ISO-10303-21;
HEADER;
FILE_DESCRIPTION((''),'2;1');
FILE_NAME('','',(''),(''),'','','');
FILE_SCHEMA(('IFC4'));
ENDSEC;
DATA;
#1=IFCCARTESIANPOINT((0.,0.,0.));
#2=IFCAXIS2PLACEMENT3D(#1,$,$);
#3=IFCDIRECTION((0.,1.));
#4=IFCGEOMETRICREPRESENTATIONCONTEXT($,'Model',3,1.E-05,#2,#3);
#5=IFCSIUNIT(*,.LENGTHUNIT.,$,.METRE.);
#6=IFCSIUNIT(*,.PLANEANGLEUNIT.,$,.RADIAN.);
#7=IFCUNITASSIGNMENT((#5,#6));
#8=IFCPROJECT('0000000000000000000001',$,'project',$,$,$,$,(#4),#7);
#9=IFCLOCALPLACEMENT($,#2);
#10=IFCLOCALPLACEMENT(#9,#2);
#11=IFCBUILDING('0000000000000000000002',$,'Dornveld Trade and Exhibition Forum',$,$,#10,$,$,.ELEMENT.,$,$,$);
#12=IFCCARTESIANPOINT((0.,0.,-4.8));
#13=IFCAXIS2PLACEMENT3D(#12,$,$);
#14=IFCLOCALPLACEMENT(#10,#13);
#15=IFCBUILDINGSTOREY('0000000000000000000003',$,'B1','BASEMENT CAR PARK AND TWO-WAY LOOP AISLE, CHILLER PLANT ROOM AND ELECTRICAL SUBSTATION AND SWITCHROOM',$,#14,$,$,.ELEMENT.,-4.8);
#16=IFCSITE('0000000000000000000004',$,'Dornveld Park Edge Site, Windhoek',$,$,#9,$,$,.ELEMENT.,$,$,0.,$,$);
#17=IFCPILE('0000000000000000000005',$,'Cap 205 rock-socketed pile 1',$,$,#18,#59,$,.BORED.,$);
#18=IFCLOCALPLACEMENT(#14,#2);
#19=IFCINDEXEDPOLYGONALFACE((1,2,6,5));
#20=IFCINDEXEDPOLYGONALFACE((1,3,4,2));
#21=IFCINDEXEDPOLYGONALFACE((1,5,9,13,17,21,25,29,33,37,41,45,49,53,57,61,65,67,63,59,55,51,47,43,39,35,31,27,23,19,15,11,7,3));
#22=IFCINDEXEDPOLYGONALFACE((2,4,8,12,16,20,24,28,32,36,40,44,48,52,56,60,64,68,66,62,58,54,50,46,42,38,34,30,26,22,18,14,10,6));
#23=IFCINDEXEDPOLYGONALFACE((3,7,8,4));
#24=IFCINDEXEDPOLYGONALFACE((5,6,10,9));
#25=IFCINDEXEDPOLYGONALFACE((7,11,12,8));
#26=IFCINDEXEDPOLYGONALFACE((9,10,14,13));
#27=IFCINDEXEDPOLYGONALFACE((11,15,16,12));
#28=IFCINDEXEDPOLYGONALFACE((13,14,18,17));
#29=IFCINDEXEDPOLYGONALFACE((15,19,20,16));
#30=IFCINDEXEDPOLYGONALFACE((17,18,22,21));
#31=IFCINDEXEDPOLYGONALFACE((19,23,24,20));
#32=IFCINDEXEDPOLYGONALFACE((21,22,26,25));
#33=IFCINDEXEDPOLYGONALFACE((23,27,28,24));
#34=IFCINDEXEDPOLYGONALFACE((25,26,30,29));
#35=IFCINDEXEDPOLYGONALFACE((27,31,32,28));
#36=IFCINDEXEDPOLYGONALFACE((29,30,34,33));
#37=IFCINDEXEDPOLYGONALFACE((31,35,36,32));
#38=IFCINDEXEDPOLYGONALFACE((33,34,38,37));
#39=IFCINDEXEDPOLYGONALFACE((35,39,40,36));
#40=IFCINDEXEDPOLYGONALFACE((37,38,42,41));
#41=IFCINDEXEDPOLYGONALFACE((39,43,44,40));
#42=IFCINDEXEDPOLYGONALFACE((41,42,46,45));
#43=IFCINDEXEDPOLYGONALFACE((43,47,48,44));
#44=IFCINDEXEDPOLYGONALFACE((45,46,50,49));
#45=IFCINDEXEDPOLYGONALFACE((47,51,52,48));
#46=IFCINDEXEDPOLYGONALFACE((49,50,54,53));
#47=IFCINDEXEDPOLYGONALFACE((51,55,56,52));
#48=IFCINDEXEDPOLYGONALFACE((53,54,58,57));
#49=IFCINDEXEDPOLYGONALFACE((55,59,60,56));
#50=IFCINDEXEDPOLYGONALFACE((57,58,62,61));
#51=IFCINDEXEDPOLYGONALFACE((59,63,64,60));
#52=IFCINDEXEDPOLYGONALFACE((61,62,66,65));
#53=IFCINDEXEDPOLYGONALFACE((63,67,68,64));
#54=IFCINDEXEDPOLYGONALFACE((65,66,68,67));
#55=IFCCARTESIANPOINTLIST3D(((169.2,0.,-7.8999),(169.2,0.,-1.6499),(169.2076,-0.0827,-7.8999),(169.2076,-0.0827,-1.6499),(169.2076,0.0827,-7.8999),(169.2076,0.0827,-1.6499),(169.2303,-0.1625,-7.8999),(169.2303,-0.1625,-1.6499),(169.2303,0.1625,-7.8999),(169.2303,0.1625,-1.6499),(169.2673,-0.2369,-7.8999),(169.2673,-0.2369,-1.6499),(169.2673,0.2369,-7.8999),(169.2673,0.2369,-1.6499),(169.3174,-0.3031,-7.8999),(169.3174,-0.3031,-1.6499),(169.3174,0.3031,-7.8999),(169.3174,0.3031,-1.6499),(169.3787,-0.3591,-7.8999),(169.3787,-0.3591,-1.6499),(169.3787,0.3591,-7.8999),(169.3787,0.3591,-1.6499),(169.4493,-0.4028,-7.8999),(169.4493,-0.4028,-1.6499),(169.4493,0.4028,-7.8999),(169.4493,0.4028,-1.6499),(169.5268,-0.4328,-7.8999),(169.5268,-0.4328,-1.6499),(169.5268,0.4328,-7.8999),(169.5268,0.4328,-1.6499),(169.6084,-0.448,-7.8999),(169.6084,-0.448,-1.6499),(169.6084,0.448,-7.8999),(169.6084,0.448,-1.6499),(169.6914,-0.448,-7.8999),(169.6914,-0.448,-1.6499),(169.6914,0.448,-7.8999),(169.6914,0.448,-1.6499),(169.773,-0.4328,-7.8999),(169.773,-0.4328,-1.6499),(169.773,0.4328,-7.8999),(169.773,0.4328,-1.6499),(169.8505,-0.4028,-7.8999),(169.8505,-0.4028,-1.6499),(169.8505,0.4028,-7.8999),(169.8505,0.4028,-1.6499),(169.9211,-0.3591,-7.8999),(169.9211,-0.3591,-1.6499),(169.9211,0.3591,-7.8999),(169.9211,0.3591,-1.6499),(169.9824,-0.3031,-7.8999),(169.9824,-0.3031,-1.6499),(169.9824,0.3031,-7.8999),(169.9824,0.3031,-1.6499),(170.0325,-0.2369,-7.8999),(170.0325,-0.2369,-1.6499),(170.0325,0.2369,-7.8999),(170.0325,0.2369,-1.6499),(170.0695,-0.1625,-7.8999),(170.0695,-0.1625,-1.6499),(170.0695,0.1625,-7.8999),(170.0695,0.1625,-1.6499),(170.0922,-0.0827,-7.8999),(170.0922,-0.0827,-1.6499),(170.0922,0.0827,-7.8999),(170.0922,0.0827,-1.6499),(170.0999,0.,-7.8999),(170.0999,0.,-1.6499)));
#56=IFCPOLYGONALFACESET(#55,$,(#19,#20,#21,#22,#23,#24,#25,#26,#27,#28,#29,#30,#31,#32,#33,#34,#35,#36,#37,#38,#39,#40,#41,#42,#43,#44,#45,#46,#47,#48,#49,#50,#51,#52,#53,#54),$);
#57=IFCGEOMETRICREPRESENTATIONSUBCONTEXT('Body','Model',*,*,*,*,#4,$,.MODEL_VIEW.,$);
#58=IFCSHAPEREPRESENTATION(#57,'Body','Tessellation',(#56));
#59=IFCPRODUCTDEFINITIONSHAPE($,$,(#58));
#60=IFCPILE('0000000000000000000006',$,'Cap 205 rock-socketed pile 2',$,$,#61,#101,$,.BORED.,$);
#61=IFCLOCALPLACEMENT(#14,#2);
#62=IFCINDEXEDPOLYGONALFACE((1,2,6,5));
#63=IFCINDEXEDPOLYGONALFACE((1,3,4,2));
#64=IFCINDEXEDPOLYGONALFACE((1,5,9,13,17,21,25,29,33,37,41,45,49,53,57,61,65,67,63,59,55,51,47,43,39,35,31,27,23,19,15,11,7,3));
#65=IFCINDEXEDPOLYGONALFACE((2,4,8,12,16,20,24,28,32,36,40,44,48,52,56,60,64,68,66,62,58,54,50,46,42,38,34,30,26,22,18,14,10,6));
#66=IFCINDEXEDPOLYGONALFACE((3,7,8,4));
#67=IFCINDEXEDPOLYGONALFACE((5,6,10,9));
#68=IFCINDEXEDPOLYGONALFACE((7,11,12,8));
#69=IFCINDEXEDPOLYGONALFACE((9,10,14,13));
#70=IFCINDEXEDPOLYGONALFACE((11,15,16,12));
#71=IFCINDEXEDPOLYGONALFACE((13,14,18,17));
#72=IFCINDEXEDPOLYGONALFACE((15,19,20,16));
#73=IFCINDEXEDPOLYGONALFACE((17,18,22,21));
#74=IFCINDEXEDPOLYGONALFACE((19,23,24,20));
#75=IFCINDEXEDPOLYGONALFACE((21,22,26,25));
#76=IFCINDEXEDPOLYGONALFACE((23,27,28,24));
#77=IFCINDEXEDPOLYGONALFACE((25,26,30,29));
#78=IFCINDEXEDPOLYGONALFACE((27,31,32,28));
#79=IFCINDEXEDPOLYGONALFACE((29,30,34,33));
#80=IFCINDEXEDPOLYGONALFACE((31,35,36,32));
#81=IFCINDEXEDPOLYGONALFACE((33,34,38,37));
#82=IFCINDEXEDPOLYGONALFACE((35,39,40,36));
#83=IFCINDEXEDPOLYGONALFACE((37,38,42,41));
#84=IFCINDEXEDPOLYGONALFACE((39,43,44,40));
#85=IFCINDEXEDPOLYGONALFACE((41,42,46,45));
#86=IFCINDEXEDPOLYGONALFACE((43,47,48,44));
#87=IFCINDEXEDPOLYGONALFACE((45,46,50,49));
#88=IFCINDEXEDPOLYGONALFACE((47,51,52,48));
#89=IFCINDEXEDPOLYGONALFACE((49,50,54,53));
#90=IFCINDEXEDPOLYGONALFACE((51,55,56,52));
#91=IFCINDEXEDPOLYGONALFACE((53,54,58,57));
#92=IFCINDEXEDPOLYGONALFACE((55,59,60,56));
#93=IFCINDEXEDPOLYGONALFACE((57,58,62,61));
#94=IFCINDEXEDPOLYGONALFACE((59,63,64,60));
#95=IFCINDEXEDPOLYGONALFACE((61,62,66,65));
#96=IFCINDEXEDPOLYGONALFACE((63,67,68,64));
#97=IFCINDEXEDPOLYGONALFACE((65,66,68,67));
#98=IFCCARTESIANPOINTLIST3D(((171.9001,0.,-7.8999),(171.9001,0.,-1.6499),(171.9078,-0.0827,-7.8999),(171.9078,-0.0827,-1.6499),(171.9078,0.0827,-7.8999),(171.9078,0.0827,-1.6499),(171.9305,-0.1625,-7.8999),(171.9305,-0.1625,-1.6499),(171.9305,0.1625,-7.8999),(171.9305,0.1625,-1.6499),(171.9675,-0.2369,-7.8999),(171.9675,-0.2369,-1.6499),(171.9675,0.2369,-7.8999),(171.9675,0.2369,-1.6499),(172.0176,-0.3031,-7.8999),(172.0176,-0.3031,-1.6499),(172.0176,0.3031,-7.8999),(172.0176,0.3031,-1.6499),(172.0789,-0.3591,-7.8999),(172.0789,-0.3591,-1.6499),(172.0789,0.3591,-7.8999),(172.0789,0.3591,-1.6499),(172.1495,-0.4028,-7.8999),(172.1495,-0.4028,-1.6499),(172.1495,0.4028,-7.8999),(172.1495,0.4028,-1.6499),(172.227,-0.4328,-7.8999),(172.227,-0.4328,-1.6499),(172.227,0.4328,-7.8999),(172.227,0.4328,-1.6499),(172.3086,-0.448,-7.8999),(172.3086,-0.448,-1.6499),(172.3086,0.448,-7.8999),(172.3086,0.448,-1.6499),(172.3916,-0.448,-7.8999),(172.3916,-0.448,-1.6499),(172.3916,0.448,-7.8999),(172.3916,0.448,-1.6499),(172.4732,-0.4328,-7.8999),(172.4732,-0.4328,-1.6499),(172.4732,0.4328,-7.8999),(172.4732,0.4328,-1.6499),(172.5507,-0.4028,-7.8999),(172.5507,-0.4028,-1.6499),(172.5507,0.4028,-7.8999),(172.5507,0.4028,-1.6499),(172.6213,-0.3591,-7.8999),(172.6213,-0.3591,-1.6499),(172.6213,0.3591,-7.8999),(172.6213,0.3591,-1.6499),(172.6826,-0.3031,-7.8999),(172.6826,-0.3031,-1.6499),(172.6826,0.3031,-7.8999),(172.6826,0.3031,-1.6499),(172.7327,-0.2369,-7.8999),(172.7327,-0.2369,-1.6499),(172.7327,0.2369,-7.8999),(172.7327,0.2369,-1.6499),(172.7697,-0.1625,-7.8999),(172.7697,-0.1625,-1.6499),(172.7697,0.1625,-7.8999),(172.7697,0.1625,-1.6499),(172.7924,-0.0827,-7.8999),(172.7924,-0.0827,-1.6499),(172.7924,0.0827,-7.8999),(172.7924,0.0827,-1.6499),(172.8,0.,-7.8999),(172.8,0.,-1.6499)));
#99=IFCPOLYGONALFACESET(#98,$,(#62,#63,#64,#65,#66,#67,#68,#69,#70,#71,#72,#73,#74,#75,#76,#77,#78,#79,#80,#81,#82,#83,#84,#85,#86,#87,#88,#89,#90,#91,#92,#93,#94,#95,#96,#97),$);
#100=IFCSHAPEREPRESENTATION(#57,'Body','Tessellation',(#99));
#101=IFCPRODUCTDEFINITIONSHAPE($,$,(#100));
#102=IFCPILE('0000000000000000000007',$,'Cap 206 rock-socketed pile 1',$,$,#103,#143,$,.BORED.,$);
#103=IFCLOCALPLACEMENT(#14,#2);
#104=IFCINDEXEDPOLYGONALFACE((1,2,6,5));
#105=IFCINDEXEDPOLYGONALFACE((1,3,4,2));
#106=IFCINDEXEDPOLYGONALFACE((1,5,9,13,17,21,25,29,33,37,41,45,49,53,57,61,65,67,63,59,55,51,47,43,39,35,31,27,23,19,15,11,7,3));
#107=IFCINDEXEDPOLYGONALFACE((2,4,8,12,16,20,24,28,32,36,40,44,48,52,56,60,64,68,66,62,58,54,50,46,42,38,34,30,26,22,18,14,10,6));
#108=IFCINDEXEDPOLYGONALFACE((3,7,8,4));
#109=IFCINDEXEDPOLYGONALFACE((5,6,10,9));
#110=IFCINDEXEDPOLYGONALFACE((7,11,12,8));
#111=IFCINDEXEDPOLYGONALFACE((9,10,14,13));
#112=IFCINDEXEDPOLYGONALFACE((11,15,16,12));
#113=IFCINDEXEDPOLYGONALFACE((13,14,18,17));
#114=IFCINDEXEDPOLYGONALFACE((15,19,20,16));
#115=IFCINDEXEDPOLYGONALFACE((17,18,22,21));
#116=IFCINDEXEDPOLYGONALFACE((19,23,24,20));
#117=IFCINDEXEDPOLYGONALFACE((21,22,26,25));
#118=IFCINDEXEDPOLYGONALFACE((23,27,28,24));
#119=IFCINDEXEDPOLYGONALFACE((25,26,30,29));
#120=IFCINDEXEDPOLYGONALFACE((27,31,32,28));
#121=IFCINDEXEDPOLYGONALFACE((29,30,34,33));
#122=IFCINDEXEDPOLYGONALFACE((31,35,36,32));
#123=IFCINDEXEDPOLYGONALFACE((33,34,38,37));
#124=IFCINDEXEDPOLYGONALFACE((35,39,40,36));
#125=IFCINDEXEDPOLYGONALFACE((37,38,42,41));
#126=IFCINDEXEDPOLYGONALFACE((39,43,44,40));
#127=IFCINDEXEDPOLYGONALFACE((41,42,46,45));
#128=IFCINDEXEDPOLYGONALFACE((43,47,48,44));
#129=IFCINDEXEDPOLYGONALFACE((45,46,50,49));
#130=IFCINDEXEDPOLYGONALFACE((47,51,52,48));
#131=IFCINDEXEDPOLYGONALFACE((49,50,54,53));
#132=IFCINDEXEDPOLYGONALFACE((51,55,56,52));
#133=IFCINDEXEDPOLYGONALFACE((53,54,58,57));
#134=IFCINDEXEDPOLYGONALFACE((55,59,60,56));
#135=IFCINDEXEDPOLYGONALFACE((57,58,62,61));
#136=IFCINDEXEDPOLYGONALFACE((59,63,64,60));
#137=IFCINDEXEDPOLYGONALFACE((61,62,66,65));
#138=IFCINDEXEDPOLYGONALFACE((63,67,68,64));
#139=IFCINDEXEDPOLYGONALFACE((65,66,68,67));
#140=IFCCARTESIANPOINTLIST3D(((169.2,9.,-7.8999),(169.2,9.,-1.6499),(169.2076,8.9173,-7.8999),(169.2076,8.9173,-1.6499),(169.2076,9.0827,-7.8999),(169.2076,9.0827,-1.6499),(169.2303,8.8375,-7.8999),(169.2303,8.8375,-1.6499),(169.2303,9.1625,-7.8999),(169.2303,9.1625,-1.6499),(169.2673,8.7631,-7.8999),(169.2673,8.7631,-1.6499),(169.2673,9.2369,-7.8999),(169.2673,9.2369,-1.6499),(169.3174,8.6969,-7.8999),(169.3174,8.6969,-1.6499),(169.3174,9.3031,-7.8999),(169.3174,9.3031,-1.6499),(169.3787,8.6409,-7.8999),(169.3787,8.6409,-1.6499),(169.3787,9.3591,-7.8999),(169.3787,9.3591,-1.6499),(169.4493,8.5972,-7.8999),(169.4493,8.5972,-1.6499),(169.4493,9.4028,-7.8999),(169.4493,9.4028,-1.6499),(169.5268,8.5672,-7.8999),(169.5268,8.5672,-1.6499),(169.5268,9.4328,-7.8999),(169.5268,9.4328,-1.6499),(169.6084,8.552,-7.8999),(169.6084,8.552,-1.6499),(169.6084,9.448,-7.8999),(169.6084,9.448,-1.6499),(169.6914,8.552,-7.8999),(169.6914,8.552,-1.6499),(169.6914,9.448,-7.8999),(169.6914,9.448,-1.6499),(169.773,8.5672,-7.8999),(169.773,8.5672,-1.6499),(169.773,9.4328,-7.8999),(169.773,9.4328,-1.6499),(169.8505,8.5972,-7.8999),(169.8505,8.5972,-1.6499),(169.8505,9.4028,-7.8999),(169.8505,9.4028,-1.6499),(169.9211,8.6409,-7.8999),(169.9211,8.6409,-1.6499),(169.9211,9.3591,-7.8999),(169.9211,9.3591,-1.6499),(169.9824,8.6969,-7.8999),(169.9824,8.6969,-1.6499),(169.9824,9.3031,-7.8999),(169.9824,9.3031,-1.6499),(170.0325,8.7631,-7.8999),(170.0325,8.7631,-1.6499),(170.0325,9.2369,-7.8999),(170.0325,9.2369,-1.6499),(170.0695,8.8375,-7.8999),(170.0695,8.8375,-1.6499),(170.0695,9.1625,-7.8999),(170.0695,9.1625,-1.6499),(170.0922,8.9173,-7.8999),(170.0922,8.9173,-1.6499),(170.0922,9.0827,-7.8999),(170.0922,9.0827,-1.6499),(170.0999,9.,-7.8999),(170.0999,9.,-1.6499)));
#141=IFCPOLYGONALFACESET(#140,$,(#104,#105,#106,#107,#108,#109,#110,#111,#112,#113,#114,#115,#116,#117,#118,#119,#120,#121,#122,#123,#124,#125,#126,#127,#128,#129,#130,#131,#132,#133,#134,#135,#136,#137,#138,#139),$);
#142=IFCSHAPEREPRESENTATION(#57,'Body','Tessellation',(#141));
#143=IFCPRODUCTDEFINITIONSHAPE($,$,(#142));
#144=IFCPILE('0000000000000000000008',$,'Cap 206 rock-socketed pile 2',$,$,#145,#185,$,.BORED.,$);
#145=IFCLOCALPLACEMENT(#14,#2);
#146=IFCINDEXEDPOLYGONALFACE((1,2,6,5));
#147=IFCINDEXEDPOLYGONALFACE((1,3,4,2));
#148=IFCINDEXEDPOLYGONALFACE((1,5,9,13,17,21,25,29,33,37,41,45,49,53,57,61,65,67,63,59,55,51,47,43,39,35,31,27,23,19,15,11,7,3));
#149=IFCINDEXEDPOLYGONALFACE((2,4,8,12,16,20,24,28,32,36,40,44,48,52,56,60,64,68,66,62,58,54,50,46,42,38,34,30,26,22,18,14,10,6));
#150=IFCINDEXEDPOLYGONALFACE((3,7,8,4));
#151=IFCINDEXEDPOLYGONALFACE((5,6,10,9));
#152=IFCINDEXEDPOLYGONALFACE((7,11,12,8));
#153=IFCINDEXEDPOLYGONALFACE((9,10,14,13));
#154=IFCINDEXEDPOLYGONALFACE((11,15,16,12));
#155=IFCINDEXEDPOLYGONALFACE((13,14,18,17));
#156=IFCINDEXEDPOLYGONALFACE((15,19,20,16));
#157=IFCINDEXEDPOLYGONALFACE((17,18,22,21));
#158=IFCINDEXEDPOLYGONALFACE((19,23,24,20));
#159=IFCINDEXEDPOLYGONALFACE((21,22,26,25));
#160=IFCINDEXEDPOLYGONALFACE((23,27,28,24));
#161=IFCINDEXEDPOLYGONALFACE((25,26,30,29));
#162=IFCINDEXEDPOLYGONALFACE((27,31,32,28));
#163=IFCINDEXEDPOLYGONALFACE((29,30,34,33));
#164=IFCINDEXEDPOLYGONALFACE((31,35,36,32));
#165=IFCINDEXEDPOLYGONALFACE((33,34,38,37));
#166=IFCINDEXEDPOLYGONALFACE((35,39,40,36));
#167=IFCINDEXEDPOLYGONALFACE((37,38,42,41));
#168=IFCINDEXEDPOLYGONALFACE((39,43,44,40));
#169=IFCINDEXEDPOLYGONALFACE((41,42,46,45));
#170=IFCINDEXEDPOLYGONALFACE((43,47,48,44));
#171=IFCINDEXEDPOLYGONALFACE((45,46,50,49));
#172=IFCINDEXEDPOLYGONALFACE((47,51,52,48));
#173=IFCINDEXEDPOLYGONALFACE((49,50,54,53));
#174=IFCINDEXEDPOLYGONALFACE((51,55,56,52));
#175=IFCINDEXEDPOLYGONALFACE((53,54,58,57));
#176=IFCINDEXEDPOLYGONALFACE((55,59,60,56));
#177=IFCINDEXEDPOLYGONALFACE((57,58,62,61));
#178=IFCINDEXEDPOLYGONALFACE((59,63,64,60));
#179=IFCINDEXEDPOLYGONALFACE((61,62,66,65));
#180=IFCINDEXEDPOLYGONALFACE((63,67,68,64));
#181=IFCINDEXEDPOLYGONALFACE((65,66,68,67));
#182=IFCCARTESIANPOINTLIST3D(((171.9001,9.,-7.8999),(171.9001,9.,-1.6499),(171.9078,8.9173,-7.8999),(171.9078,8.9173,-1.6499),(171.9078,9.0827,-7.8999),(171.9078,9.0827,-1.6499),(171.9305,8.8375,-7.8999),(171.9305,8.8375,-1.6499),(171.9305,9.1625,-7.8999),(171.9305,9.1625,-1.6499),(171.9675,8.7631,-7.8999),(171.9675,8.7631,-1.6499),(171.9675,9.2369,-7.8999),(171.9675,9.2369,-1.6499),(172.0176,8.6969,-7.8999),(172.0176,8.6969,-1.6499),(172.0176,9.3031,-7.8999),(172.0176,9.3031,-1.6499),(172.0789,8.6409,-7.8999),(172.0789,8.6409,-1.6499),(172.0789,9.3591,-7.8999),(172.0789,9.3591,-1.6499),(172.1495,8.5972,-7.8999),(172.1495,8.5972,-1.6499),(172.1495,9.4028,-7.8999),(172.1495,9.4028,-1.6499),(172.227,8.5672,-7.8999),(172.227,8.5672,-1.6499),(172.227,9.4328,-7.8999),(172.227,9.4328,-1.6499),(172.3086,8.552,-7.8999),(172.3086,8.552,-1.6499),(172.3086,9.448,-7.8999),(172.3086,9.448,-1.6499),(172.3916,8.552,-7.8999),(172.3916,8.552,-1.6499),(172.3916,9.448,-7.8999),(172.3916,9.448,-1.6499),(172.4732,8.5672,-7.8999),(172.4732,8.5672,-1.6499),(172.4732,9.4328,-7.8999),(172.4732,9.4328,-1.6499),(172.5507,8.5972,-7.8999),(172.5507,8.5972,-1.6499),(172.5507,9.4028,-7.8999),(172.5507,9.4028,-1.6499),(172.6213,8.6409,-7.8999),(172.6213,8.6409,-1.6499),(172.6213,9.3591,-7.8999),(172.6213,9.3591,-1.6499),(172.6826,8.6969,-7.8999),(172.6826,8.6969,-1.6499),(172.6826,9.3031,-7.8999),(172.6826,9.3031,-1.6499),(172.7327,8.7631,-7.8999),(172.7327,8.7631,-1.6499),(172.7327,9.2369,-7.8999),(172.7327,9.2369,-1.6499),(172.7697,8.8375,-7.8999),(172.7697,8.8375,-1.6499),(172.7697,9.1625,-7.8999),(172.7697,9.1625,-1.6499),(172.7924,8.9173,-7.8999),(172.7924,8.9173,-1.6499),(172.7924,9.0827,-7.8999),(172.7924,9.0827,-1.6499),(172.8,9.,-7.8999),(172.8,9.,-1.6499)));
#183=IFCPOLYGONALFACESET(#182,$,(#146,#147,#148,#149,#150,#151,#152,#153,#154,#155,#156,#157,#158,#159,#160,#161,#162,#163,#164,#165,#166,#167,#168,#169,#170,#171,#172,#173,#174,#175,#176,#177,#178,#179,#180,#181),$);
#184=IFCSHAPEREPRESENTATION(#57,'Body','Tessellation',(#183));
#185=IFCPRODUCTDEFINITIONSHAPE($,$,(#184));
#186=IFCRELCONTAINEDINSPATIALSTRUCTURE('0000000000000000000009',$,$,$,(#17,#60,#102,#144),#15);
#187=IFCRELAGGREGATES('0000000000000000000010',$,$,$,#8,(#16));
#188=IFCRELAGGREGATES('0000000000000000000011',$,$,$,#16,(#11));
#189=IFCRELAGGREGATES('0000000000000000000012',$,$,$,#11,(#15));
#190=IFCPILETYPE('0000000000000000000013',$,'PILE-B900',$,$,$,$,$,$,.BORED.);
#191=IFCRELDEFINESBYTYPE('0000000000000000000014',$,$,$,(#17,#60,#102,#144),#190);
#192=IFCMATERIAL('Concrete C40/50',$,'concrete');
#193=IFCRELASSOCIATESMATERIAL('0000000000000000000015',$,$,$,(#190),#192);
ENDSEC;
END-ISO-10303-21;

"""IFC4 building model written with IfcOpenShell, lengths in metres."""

from ifc_helpers import new_model, si_unit, direction, frame, origin, origin_2d, place, context, subcontext, project, spatial, circle, extrude, material, material_profile, profile_set, type_object, element, save


model = new_model("IFC4")

# Units and contexts
model_context = context("Model", 3, precision=1e-05, world=origin(), true_north=direction((0.0, 1.0)))
body_context = subcontext(model_context, "Body", "Model", "MODEL_VIEW")
ifc_project = project(units=[si_unit("LENGTHUNIT", "METRE"), si_unit("PLANEANGLEUNIT", "RADIAN")], contexts=[model_context])

# Site, building, storey
site_placement = place(None, origin())
site = spatial("IfcSite", under=ifc_project, at=site_placement, Name="Dornveld Park Edge Site, Windhoek", CompositionType="ELEMENT", RefElevation=0.0)
building_placement = place(site_placement, origin())
building = spatial("IfcBuilding", under=site, at=building_placement, Name="Dornveld Trade and Exhibition Forum", CompositionType="ELEMENT")
storey_placement = place(building_placement, frame((0.0, 0.0, -4.8)))
storey = spatial("IfcBuildingStorey", under=building, at=storey_placement, Name="B1", Description="BASEMENT CAR PARK AND TWO-WAY LOOP AISLE, CHILLER PLANT ROOM AND ELECTRICAL SUBSTATION AND SWITCHROOM", CompositionType="ELEMENT", Elevation=-4.8)

# Piles
ifc_material_1 = material(Name="Concrete C40/50", Category="concrete")
ifc_material_profile_1 = material_profile(ifc_material_1, circle(Radius=0.45, at=origin_2d()), Name="PILE D900")
ifc_profile_set_1 = profile_set([ifc_material_profile_1], Name="Concrete C40/50")
pile_type = type_object("IfcPileType", Name="PILE-B900", PredefinedType="BORED", material=ifc_profile_set_1)
for number, where, z_axis, x_axis, name in (
    (1, (169.6499, 0.0, -1.6499), (0.0, 0.0, -1.0), (1.0, 0.0, 0.0), "Cap 205 rock-socketed pile 1"),
    (2, (172.3501, 0.0, -1.6499), (0.0, 0.0, -1.0), (1.0, 0.0, 0.0), "Cap 205 rock-socketed pile 2"),
    (3, (169.6499, 9.0, -1.6499), (0.0, 0.0, -1.0), (1.0, 0.0, 0.0), "Cap 206 rock-socketed pile 1"),
    (4, (172.3501, 9.0, -1.6499), (0.0, 0.0, -1.0), (1.0, 0.0, 0.0), "Cap 206 rock-socketed pile 2"),
):
    element("IfcPile", number, at=place(storey_placement, frame(where, z_axis=z_axis, x_axis=x_axis)), inside=storey, type_object=pile_type, Name=name, PredefinedType="BORED", context=body_context, shape_type="SweptSolid", body=[
        extrude(circle(Radius=0.45, at=origin_2d()), origin(), (0.0, 0.0, 1.0), 6.25),
    ])

save(model, "model.ifc")
